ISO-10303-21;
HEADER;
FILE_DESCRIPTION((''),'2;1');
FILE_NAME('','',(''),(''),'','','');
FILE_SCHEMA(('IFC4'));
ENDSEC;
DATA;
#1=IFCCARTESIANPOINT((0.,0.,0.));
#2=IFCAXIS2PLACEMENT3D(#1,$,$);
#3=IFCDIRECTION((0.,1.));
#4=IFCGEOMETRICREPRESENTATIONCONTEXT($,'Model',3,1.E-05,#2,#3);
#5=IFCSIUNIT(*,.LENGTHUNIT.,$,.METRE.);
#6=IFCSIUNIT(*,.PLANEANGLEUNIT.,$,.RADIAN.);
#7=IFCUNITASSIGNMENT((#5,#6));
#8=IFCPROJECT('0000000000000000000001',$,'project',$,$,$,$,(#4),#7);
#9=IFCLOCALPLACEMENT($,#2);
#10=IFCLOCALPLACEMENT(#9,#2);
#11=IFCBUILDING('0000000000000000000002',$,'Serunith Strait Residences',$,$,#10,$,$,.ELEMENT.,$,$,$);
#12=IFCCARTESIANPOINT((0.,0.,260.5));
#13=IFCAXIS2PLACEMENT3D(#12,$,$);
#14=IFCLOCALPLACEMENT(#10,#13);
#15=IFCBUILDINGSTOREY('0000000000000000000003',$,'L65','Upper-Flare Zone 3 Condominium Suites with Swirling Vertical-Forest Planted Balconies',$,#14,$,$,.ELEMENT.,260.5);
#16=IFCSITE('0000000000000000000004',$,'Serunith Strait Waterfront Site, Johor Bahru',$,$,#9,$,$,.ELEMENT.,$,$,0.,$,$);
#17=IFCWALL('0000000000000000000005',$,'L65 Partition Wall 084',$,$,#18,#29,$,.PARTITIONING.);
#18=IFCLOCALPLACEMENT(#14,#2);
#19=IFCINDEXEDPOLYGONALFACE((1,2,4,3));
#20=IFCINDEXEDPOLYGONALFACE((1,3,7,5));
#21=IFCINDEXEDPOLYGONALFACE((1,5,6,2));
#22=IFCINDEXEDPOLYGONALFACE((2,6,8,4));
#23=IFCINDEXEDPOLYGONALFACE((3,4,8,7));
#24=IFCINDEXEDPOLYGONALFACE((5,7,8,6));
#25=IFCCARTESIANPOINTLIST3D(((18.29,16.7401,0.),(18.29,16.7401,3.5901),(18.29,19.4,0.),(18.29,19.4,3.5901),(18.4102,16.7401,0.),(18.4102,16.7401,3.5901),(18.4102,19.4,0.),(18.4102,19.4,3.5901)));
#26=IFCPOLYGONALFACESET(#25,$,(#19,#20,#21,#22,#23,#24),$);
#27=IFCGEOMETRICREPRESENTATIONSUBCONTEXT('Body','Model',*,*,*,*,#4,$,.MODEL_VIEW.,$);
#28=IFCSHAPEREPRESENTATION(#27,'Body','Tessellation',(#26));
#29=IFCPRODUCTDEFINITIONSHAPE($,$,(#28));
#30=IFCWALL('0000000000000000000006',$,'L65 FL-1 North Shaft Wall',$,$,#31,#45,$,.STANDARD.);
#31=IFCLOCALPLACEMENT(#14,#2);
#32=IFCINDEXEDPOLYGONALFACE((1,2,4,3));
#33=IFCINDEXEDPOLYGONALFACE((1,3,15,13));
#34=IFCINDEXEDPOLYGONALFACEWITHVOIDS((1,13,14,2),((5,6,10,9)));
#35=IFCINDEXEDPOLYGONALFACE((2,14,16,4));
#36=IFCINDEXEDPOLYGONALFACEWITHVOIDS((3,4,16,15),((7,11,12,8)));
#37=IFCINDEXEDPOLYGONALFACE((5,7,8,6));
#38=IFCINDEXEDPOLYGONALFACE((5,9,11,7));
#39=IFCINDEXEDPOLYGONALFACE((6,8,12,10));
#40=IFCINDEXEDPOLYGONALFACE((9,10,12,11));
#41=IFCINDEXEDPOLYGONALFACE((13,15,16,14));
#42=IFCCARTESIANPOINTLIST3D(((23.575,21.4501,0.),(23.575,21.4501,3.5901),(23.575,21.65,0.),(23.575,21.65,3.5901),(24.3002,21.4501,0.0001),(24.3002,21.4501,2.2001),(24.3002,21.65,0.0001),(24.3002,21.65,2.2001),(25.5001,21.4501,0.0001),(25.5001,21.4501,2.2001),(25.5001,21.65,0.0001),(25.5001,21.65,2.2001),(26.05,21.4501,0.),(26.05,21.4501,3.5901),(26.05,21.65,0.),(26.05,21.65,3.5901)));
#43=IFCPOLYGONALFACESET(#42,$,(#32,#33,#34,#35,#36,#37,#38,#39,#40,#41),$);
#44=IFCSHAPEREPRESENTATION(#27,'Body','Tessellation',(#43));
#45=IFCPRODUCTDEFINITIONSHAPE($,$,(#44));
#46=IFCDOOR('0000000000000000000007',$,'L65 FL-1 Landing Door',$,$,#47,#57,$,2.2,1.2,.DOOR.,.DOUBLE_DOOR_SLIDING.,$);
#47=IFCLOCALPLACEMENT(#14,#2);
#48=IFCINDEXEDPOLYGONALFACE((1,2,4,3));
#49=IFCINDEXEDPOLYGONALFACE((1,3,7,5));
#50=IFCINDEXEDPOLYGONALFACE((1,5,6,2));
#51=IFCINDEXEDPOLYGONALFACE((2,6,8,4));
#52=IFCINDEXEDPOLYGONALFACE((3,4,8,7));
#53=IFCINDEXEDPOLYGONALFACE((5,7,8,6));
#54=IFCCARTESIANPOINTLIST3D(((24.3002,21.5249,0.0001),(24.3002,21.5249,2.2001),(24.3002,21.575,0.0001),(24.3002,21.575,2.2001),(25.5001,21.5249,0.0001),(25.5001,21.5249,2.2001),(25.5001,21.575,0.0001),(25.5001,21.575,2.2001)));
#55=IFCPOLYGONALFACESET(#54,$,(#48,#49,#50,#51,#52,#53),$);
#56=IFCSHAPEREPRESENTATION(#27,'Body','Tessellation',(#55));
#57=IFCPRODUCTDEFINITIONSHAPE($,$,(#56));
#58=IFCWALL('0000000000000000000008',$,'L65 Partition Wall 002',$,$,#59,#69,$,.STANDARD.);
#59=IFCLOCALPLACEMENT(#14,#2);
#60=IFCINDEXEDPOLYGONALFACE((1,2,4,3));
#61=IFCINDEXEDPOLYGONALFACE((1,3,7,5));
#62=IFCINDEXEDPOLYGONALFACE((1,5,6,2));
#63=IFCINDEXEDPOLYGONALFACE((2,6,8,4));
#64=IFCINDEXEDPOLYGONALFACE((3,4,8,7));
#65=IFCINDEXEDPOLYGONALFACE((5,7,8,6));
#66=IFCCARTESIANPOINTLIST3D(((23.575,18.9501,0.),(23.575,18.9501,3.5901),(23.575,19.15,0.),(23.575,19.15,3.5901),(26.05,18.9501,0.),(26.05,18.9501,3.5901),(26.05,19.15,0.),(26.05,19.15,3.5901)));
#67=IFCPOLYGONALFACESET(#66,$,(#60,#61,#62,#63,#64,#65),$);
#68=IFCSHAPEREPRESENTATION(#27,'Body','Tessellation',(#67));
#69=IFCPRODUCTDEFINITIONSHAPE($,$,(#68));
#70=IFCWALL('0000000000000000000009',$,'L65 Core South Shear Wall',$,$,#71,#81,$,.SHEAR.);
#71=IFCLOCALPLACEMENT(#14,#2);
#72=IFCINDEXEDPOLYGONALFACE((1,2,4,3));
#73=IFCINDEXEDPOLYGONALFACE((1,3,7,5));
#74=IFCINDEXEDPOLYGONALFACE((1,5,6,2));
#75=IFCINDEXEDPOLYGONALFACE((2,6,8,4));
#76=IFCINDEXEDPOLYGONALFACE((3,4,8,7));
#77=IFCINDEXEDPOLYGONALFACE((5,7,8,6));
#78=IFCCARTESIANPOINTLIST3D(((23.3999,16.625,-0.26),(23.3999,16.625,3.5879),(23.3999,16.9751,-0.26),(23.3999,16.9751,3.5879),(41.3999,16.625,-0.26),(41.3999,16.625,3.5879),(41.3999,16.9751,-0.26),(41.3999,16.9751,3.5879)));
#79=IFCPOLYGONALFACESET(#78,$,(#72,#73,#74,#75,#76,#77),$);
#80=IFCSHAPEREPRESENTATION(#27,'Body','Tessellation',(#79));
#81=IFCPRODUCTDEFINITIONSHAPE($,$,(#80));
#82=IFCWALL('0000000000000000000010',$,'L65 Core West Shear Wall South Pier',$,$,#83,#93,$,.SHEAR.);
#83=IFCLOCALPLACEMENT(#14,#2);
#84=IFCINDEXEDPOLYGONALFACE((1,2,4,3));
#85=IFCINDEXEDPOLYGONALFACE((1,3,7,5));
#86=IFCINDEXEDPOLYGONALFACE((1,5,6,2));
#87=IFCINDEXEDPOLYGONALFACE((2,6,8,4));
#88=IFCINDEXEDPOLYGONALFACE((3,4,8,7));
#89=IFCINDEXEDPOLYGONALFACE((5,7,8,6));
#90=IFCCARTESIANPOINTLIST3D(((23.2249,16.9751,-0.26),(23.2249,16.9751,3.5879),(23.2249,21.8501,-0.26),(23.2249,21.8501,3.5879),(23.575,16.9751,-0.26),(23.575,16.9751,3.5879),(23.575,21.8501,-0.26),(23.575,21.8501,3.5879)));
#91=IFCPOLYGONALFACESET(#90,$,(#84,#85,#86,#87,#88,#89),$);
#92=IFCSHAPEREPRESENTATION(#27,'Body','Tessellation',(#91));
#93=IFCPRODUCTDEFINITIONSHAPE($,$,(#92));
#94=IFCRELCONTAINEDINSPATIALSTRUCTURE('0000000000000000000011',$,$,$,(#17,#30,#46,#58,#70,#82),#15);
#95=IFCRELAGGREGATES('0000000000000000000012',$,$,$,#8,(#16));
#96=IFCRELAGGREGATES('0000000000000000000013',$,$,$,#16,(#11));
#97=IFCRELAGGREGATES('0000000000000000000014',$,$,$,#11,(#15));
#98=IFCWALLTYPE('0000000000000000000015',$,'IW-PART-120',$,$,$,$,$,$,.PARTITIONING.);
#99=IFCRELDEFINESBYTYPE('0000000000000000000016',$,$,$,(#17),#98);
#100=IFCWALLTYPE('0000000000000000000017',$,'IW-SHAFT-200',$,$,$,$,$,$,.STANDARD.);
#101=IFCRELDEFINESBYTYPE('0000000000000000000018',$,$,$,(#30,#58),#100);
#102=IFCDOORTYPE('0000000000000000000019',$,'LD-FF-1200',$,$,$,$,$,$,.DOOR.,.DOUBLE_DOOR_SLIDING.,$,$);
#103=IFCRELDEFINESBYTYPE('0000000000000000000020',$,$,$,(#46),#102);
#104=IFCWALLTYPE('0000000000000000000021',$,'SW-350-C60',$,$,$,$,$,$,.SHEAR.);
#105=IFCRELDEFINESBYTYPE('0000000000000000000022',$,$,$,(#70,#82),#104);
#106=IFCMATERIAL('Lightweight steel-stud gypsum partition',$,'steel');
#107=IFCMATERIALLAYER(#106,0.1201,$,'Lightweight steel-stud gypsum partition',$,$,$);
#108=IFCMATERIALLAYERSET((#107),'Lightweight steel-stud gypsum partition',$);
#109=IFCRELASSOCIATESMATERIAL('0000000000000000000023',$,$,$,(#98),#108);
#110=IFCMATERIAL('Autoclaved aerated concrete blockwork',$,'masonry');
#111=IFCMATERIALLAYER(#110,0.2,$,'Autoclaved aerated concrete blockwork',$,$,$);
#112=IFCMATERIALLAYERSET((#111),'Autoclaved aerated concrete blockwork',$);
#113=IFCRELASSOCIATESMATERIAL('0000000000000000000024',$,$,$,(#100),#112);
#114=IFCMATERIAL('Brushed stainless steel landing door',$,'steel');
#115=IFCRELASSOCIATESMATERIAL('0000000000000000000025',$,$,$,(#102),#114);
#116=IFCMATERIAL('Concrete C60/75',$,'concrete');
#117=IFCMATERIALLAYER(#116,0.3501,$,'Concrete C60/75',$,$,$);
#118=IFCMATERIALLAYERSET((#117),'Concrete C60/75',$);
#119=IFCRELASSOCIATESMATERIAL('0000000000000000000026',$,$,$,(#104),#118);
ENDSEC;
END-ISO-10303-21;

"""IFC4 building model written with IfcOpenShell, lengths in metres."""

from ifc_helpers import new_model, si_unit, direction, frame, frame_2d, origin, place, context, subcontext, project, spatial, rectangle, extrude, source, transform, mapped, material, layer, layer_set, type_object, element, fill, save


model = new_model("IFC4")

# Units and contexts
model_context = context("Model", 3, precision=1e-05, world=origin(), true_north=direction((0.0, 1.0)))
body_context = subcontext(model_context, "Body", "Model", "MODEL_VIEW")
ifc_project = project(units=[si_unit("LENGTHUNIT", "METRE"), si_unit("PLANEANGLEUNIT", "RADIAN")], contexts=[model_context])

# Site, building, storey
site_placement = place(None, origin())
site = spatial("IfcSite", under=ifc_project, at=site_placement, Name="Serunith Strait Waterfront Site, Johor Bahru", CompositionType="ELEMENT", RefElevation=0.0)
building_placement = place(site_placement, origin())
building = spatial("IfcBuilding", under=site, at=building_placement, Name="Serunith Strait Residences", CompositionType="ELEMENT")
storey_placement = place(building_placement, frame((0.0, 0.0, 260.5)))
storey = spatial("IfcBuildingStorey", under=building, at=storey_placement, Name="L65", Description="Upper-Flare Zone 3 Condominium Suites with Swirling Vertical-Forest Planted Balconies", CompositionType="ELEMENT", Elevation=260.5)

# Shared definitions
ifc_material_1 = material(Name="Lightweight steel-stud gypsum partition", Category="steel")
ifc_layer_1 = layer(ifc_material_1, 0.1201, Name="Lightweight steel-stud gypsum partition")
ifc_layer_set_1 = layer_set([ifc_layer_1], Name="Lightweight steel-stud gypsum partition")
wall_type_1 = type_object("IfcWallType", Name="IW-PART-120", PredefinedType="PARTITIONING", material=ifc_layer_set_1)

# Wall
wall_1_placement = place(storey_placement, frame((18.3501, 16.74, 0.0), z_axis=(0.0, 0.0, 1.0), x_axis=(0.0, 1.0, 0.0)))
element("IfcWall", 1, at=wall_1_placement, inside=storey, type_object=wall_type_1, Name="L65 Partition Wall 084", PredefinedType="PARTITIONING", context=body_context, shape_type="SweptSolid", body=[
    extrude(rectangle(XDim=2.6599, YDim=0.1201, at=frame_2d((1.3301, 0.0))), origin(), (0.0, 0.0, 1.0), 3.5901),
])

# Wall, opening, door
ifc_material_2 = material(Name="Autoclaved aerated concrete blockwork", Category="masonry")
ifc_layer_2 = layer(ifc_material_2, 0.2, Name="Autoclaved aerated concrete blockwork")
ifc_layer_set_2 = layer_set([ifc_layer_2], Name="Autoclaved aerated concrete blockwork")
wall_type_2 = type_object("IfcWallType", Name="IW-SHAFT-200", PredefinedType="STANDARD", material=ifc_layer_set_2)
wall_2_placement = place(storey_placement, frame((23.575, 21.55, 0.0), z_axis=(0.0, 0.0, 1.0), x_axis=(1.0, 0.0, 0.0)))
wall_2 = element("IfcWall", 2, at=wall_2_placement, inside=storey, type_object=wall_type_2, Name="L65 FL-1 North Shaft Wall", PredefinedType="STANDARD", context=body_context, shape_type="SweptSolid", body=[
    extrude(rectangle(XDim=2.4751, YDim=0.2, at=frame_2d((1.2375, 0.0))), origin(), (0.0, 0.0, 1.0), 3.5901),
])
opening_1_placement = place(wall_2_placement, frame((0.7251, 0.0, 0.0)))
opening_1 = element("IfcOpeningElement", 3, at=opening_1_placement, cuts=wall_2, PredefinedType="OPENING", context=body_context, shape_type="SweptSolid", body=[
    extrude(rectangle(XDim=1.2, YDim=2.2, at=frame_2d((0.6001, 1.1001))), frame((0.0, 0.1099, 0.0), z_axis=(0.0, -1.0, 0.0), x_axis=(1.0, 0.0, 0.0)), (0.0, 0.0, 1.0), 0.22),
])
ifc_material_3 = material(Name="Brushed stainless steel landing door", Category="steel")
door_type_1 = type_object("IfcDoorType", Name="LD-FF-1200", OperationType="DOUBLE_DOOR_SLIDING", PredefinedType="DOOR", material=ifc_material_3)
shared_shape_1 = source(origin(), body_context, "Body", "SweptSolid", [
    extrude(rectangle(XDim=1.2, YDim=2.2, at=frame_2d((0.6001, 1.1001))), frame((0.0, 0.0249, 0.0), z_axis=(0.0, -1.0, 0.0), x_axis=(1.0, 0.0, 0.0)), (0.0, 0.0, 1.0), 0.05),
])
door_1_placement = place(opening_1_placement, origin())
door_1 = element("IfcDoor", 4, at=door_1_placement, inside=storey, type_object=door_type_1, Name="L65 FL-1 Landing Door", OperationType="DOUBLE_DOOR_SLIDING", OverallHeight=2.2, OverallWidth=1.2, PredefinedType="DOOR", context=body_context, shape_type="MappedRepresentation", body=[
    mapped(shared_shape_1, transform((0.0, 0.0, 0.0), scale=1.0)),
])
fill(opening_1, door_1)

# Wall
wall_3_placement = place(storey_placement, frame((23.575, 19.05, 0.0), z_axis=(0.0, 0.0, 1.0), x_axis=(1.0, 0.0, 0.0)))
element("IfcWall", 5, at=wall_3_placement, inside=storey, type_object=wall_type_2, Name="L65 Partition Wall 002", PredefinedType="STANDARD", context=body_context, shape_type="SweptSolid", body=[
    extrude(rectangle(XDim=2.4751, YDim=0.2, at=frame_2d((1.2375, 0.0))), origin(), (0.0, 0.0, 1.0), 3.5901),
])

# Walls
ifc_material_4 = material(Name="Concrete C60/75", Category="concrete")
ifc_layer_3 = layer(ifc_material_4, 0.3501, Name="Concrete C60/75")
ifc_layer_set_3 = layer_set([ifc_layer_3], Name="Concrete C60/75")
wall_type_3 = type_object("IfcWallType", Name="SW-350-C60", PredefinedType="SHEAR", material=ifc_layer_set_3)
wall_4_placement = place(storey_placement, frame((23.3999, 16.8, -0.26), z_axis=(0.0, 0.0, 1.0), x_axis=(1.0, 0.0, 0.0)))
element("IfcWall", 6, at=wall_4_placement, inside=storey, type_object=wall_type_3, Name="L65 Core South Shear Wall", PredefinedType="SHEAR", context=body_context, shape_type="SweptSolid", body=[
    extrude(rectangle(XDim=18.0, YDim=0.3501, at=frame_2d((9.0, 0.0))), origin(), (0.0, 0.0, 1.0), 3.8479),
])
wall_5_placement = place(storey_placement, frame((23.3999, 16.9751, -0.26), z_axis=(0.0, 0.0, 1.0), x_axis=(0.0, 1.0, 0.0)))
element("IfcWall", 7, at=wall_5_placement, inside=storey, type_object=wall_type_3, Name="L65 Core West Shear Wall South Pier", PredefinedType="SHEAR", context=body_context, shape_type="SweptSolid", body=[
    extrude(rectangle(XDim=4.875, YDim=0.3501, at=frame_2d((2.4375, 0.0))), origin(), (0.0, 0.0, 1.0), 3.8479),
])

save(model, "model.ifc")
